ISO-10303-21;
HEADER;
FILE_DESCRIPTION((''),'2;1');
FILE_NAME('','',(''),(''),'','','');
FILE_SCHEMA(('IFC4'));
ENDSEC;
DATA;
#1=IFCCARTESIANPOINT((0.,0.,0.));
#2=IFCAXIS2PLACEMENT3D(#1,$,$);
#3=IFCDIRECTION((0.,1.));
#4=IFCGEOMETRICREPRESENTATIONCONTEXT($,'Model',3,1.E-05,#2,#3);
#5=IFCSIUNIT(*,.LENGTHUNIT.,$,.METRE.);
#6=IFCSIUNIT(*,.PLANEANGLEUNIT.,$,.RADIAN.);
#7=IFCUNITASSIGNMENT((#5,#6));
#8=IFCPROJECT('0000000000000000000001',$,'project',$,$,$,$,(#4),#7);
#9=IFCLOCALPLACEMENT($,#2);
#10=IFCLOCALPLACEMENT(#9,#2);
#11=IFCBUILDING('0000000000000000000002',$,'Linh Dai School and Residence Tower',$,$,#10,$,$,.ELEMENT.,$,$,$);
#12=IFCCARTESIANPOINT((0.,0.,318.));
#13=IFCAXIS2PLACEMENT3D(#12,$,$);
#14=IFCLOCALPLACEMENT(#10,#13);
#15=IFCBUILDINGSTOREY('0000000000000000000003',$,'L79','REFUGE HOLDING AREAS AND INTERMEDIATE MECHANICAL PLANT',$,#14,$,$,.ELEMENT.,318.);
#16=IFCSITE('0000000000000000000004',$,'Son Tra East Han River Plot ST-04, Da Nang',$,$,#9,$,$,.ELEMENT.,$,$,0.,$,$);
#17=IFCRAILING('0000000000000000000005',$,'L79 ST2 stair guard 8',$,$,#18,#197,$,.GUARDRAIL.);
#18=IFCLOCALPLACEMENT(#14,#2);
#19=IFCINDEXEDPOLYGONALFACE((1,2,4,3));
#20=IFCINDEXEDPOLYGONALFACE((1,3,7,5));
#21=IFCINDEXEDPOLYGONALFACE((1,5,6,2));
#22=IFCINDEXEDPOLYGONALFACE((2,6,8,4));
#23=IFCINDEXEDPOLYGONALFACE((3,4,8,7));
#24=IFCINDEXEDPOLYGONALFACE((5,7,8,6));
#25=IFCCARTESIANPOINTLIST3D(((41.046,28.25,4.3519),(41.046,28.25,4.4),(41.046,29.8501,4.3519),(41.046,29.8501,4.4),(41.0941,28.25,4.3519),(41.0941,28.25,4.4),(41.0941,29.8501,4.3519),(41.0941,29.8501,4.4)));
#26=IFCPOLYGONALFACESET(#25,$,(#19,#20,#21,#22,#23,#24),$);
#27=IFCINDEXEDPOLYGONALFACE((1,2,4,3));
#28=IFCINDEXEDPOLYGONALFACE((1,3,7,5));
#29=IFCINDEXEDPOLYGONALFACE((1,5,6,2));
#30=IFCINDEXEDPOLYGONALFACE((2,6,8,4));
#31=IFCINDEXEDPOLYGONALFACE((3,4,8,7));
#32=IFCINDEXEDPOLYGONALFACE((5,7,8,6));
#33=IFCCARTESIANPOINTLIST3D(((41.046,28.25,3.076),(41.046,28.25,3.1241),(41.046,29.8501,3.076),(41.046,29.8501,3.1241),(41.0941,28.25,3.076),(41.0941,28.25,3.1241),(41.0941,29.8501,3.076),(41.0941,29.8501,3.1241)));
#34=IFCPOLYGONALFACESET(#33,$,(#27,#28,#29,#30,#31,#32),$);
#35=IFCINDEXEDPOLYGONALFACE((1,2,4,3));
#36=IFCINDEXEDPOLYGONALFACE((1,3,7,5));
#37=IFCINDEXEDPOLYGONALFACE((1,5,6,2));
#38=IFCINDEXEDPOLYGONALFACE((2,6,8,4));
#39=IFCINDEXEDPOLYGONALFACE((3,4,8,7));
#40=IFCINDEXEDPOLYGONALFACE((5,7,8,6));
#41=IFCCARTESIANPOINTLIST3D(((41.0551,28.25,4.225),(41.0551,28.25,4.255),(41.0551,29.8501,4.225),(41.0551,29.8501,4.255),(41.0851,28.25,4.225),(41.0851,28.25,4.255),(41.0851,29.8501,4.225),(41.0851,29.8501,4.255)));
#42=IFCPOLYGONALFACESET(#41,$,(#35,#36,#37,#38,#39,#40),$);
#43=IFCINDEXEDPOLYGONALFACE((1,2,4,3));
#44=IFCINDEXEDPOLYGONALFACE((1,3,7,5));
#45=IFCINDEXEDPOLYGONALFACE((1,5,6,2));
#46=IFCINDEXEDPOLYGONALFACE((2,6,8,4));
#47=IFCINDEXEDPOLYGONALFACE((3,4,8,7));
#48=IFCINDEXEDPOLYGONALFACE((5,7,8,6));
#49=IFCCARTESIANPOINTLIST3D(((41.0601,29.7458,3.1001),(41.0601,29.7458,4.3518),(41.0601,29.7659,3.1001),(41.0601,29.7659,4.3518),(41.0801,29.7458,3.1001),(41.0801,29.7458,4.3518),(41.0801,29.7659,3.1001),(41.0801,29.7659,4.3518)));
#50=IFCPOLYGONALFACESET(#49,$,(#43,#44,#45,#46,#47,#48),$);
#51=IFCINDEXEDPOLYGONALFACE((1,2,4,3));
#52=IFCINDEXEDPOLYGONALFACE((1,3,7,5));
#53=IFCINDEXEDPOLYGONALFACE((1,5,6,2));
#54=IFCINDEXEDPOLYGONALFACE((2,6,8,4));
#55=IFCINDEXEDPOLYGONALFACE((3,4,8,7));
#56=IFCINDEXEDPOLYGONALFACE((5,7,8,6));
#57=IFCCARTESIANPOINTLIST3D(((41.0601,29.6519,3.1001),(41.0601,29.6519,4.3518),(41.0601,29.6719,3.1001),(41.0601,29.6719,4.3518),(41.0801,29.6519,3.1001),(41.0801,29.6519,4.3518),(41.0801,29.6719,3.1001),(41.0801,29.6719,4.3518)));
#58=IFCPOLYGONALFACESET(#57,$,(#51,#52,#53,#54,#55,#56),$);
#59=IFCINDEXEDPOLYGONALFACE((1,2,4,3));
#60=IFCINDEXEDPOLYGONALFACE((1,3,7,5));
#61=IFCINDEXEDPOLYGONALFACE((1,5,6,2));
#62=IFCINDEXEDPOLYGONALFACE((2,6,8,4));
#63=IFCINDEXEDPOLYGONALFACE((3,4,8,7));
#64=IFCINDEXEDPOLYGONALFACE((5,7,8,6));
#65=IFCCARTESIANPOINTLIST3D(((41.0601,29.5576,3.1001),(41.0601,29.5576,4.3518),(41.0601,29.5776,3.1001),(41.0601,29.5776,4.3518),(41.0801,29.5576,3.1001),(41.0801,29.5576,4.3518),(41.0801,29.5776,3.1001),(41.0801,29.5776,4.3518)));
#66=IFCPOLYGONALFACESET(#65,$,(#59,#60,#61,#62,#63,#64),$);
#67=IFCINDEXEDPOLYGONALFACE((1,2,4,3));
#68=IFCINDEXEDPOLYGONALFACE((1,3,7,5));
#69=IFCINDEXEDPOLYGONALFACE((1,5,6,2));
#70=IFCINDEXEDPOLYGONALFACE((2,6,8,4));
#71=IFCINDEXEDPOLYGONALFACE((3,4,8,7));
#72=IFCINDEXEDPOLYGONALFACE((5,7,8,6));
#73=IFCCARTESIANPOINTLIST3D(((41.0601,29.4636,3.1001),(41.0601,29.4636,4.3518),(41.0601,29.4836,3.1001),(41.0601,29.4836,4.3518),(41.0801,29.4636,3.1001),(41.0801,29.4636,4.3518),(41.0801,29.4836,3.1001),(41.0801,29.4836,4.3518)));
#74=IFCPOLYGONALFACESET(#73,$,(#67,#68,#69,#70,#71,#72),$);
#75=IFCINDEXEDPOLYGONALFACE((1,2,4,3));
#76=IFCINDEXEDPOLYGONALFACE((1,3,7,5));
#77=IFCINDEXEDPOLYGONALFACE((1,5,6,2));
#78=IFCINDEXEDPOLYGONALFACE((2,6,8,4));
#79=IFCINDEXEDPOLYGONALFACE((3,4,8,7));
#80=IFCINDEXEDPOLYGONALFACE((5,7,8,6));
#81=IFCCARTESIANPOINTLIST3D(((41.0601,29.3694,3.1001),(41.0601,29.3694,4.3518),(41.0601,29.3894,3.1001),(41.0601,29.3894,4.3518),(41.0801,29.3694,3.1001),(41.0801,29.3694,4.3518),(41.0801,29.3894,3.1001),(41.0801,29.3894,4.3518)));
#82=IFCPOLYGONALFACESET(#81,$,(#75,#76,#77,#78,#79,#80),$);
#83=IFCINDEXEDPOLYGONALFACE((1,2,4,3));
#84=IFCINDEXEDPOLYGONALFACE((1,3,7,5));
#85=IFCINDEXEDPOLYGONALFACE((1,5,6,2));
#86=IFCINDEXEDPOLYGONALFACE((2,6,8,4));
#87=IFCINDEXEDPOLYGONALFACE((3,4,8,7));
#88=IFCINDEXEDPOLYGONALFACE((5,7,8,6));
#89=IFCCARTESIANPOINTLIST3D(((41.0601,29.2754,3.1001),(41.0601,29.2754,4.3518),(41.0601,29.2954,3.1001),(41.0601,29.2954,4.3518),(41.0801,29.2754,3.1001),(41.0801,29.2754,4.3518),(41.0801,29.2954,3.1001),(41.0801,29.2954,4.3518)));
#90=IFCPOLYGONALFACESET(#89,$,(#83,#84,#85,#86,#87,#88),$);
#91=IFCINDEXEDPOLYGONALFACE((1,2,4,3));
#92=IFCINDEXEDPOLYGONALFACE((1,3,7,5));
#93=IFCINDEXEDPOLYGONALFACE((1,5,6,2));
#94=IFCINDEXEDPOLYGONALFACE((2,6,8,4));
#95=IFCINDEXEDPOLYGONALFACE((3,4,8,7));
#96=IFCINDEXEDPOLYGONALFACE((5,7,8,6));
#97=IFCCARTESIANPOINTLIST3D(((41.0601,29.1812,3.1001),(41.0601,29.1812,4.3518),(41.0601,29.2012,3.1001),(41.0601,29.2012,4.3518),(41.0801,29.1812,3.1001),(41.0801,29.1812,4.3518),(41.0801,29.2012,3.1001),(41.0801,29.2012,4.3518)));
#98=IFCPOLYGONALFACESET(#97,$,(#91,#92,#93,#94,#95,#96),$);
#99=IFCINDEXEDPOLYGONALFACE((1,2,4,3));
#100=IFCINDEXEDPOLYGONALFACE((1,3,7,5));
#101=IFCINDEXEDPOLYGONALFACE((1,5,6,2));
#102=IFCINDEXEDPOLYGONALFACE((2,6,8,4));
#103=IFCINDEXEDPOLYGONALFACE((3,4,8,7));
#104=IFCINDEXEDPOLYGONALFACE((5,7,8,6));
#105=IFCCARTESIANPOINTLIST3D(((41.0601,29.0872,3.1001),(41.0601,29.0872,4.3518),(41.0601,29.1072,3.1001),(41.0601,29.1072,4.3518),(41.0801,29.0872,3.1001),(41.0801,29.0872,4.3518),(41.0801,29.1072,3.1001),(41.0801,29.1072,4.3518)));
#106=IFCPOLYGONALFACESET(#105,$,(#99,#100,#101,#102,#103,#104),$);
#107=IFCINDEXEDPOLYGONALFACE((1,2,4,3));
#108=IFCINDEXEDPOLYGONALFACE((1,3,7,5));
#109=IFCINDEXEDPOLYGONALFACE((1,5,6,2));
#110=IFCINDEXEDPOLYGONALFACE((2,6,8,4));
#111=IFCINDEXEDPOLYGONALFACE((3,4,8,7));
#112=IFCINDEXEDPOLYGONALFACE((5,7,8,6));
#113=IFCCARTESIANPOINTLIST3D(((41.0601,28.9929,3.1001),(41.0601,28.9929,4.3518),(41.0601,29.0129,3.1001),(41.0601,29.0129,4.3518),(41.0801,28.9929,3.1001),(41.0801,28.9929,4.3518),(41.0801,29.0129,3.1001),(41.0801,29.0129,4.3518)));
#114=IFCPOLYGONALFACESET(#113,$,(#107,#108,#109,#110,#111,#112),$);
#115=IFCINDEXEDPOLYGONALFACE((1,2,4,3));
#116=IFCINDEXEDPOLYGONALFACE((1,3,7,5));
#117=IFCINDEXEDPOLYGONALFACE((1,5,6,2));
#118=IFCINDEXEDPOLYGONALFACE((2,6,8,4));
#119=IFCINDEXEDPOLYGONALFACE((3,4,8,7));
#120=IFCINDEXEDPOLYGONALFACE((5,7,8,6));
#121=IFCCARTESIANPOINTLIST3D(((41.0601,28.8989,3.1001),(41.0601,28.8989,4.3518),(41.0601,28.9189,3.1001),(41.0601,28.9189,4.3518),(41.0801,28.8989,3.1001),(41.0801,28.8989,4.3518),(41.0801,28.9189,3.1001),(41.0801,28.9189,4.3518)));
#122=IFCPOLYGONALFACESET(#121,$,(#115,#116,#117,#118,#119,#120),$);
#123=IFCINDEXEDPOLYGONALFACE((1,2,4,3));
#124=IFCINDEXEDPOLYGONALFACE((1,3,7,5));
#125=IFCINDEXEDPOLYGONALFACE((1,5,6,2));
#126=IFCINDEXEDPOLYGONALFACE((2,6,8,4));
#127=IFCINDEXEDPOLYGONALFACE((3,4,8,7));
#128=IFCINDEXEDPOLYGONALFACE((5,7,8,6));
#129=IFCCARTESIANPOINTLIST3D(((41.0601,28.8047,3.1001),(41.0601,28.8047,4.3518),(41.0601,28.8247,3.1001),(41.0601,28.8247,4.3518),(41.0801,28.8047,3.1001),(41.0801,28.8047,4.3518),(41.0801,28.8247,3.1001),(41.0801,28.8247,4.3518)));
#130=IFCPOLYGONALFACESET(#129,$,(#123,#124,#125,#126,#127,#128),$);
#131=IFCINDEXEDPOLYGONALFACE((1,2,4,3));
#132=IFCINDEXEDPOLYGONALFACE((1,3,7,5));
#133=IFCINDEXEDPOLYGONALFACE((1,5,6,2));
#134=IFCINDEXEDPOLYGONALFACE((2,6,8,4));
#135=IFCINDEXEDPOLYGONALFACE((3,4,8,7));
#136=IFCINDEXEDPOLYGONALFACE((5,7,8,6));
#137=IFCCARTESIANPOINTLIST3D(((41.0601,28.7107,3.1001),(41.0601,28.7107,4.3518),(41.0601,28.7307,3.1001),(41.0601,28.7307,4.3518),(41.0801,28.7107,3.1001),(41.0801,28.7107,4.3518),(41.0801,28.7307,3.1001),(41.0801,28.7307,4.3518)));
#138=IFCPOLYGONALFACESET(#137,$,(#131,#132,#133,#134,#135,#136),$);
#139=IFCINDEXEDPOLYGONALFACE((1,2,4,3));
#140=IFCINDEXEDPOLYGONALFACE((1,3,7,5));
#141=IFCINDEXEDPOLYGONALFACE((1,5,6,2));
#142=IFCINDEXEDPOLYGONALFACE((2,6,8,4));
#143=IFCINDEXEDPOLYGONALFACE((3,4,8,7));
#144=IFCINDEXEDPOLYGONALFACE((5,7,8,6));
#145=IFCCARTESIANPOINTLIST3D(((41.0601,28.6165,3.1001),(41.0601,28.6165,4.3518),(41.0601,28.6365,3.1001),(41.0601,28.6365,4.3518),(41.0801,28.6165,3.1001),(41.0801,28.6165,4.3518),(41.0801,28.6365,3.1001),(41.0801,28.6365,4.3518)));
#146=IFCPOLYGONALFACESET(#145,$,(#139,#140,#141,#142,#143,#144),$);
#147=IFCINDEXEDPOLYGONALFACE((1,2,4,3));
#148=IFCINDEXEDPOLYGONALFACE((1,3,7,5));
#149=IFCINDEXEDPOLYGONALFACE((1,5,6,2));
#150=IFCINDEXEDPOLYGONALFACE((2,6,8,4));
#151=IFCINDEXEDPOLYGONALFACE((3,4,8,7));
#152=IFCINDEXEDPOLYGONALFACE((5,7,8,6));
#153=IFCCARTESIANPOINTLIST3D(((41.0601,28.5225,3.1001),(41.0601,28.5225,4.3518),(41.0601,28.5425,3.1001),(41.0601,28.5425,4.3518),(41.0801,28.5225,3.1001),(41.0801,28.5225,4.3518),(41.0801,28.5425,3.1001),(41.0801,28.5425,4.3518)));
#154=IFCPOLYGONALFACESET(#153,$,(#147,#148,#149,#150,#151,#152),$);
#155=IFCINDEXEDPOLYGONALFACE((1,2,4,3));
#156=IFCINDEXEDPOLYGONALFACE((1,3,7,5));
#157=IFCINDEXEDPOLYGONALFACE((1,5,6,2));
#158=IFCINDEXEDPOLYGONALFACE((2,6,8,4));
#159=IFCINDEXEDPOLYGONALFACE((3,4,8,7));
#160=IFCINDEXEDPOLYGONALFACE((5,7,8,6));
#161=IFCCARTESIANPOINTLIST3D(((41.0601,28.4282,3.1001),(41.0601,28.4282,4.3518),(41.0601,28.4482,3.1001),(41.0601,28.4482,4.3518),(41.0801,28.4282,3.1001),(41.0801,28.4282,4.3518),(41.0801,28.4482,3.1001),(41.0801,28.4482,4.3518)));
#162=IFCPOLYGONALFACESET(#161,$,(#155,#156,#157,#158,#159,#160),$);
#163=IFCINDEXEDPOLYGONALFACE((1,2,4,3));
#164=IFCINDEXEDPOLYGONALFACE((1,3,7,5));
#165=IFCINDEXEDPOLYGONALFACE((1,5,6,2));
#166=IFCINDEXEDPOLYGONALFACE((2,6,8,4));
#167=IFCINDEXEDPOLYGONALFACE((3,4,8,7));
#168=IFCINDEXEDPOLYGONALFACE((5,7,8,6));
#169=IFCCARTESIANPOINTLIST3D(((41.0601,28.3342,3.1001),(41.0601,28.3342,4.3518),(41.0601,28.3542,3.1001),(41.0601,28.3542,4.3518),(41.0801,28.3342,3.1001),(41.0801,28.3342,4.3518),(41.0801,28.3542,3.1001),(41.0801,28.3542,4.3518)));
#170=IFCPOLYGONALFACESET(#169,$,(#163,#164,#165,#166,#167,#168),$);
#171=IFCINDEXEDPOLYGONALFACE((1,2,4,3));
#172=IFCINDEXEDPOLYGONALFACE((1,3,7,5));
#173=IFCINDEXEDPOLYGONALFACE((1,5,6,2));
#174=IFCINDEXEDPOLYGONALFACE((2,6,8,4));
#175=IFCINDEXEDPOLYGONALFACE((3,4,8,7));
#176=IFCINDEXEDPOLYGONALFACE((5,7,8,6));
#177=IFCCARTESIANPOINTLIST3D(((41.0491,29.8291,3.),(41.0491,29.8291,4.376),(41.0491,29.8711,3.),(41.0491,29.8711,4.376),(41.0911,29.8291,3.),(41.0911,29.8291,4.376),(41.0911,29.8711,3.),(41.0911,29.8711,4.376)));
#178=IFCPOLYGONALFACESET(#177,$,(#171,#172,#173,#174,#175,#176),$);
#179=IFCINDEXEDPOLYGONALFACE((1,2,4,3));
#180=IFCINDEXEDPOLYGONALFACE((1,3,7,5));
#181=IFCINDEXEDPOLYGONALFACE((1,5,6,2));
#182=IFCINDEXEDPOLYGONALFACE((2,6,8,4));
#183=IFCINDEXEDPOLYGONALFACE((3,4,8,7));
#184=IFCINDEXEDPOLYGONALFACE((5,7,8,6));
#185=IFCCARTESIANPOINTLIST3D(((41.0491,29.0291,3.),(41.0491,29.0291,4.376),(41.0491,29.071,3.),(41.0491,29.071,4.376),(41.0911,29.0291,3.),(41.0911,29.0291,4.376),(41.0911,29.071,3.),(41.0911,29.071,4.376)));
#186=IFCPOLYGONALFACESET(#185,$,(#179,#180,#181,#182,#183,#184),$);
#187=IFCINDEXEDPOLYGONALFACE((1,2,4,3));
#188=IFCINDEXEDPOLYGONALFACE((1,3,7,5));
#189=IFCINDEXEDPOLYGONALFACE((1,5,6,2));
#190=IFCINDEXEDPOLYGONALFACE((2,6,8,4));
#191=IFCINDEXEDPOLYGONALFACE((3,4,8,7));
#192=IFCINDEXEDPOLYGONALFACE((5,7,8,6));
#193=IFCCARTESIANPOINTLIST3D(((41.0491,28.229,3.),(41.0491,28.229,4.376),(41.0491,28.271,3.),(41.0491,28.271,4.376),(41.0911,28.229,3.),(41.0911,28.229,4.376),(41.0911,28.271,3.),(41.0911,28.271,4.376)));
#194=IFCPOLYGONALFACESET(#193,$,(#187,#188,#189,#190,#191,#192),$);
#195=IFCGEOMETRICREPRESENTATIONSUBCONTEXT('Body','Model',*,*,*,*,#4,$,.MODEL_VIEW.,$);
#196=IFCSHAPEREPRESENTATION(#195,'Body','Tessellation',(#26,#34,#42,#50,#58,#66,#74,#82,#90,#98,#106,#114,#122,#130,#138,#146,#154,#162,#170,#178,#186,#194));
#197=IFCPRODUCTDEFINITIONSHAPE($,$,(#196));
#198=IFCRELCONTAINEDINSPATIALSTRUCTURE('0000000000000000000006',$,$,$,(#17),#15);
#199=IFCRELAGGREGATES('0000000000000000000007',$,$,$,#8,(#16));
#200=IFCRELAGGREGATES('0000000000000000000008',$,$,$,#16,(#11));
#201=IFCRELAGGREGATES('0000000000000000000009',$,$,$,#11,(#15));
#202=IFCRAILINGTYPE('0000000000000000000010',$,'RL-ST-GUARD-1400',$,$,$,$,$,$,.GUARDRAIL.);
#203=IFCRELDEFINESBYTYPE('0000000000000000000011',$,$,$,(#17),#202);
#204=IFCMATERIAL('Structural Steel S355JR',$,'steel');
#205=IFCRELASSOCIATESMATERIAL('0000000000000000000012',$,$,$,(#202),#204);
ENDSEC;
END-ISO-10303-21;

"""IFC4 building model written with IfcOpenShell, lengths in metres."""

from ifc_helpers import new_model, si_unit, direction, frame, origin, origin_2d, place, context, subcontext, project, spatial, rectangle, extrude, source, transform, mapped, material, type_object, element, save


model = new_model("IFC4")

# Units and contexts
model_context = context("Model", 3, precision=1e-05, world=origin(), true_north=direction((0.0, 1.0)))
body_context = subcontext(model_context, "Body", "Model", "MODEL_VIEW")
ifc_project = project(units=[si_unit("LENGTHUNIT", "METRE"), si_unit("PLANEANGLEUNIT", "RADIAN")], contexts=[model_context])

# Site, building, storey
site_placement = place(None, origin())
site = spatial("IfcSite", under=ifc_project, at=site_placement, Name="Son Tra East Han River Plot ST-04, Da Nang", CompositionType="ELEMENT", RefElevation=0.0)
building_placement = place(site_placement, origin())
building = spatial("IfcBuilding", under=site, at=building_placement, Name="Linh Dai School and Residence Tower", CompositionType="ELEMENT")
storey_placement = place(building_placement, frame((0.0, 0.0, 318.0)))
storey = spatial("IfcBuildingStorey", under=building, at=storey_placement, Name="L79", Description="REFUGE HOLDING AREAS AND INTERMEDIATE MECHANICAL PLANT", CompositionType="ELEMENT", Elevation=318.0)

# Shared definitions
ifc_material_1 = material(Name="Structural Steel S355JR", Category="steel")

# Railing
railing_type_1 = type_object("IfcRailingType", Name="RL-ST-GUARD-1400", PredefinedType="GUARDRAIL", material=ifc_material_1)
shared_shape_1 = source(origin(), body_context, "Body", "SweptSolid", [
    extrude(rectangle(XDim=0.0481, YDim=0.0481, at=origin_2d()), frame((0.0, 0.0, 1.376), z_axis=(0.0, -1.0, 0.0), x_axis=(1.0, 0.0, 0.0)), (0.0, 0.0, 1.0), 1.6001),
    extrude(rectangle(XDim=0.0481, YDim=0.0481, at=origin_2d()), frame((0.0, 0.0, 0.1001), z_axis=(0.0, -1.0, 0.0), x_axis=(1.0, 0.0, 0.0)), (0.0, 0.0, 1.0), 1.6001),
    extrude(rectangle(XDim=0.03, YDim=0.03, at=origin_2d()), frame((0.0, 0.0, 1.24), z_axis=(0.0, -1.0, 0.0), x_axis=(1.0, 0.0, 0.0)), (0.0, 0.0, 1.0), 1.6001),
    extrude(rectangle(XDim=0.02, YDim=0.02, at=origin_2d()), frame((0.0, -0.0942, 0.1001)), (0.0, 0.0, 1.0), 1.2517),
    extrude(rectangle(XDim=0.02, YDim=0.02, at=origin_2d()), frame((0.0, -0.1882, 0.1001)), (0.0, 0.0, 1.0), 1.2517),
    extrude(rectangle(XDim=0.02, YDim=0.02, at=origin_2d()), frame((0.0, -0.2825, 0.1001)), (0.0, 0.0, 1.0), 1.2517),
    extrude(rectangle(XDim=0.02, YDim=0.02, at=origin_2d()), frame((0.0, -0.3765, 0.1001)), (0.0, 0.0, 1.0), 1.2517),
    extrude(rectangle(XDim=0.02, YDim=0.02, at=origin_2d()), frame((0.0, -0.4707, 0.1001)), (0.0, 0.0, 1.0), 1.2517),
    extrude(rectangle(XDim=0.02, YDim=0.02, at=origin_2d()), frame((0.0, -0.5647, 0.1001)), (0.0, 0.0, 1.0), 1.2517),
    extrude(rectangle(XDim=0.02, YDim=0.02, at=origin_2d()), frame((0.0, -0.6589, 0.1001)), (0.0, 0.0, 1.0), 1.2517),
    extrude(rectangle(XDim=0.02, YDim=0.02, at=origin_2d()), frame((0.0, -0.7529, 0.1001)), (0.0, 0.0, 1.0), 1.2517),
    extrude(rectangle(XDim=0.02, YDim=0.02, at=origin_2d()), frame((0.0, -0.8472, 0.1001)), (0.0, 0.0, 1.0), 1.2517),
    extrude(rectangle(XDim=0.02, YDim=0.02, at=origin_2d()), frame((0.0, -0.9412, 0.1001)), (0.0, 0.0, 1.0), 1.2517),
    extrude(rectangle(XDim=0.02, YDim=0.02, at=origin_2d()), frame((0.0, -1.0354, 0.1001)), (0.0, 0.0, 1.0), 1.2517),
    extrude(rectangle(XDim=0.02, YDim=0.02, at=origin_2d()), frame((0.0, -1.1294, 0.1001)), (0.0, 0.0, 1.0), 1.2517),
    extrude(rectangle(XDim=0.02, YDim=0.02, at=origin_2d()), frame((0.0, -1.2236, 0.1001)), (0.0, 0.0, 1.0), 1.2517),
    extrude(rectangle(XDim=0.02, YDim=0.02, at=origin_2d()), frame((0.0, -1.3176, 0.1001)), (0.0, 0.0, 1.0), 1.2517),
    extrude(rectangle(XDim=0.02, YDim=0.02, at=origin_2d()), frame((0.0, -1.4119, 0.1001)), (0.0, 0.0, 1.0), 1.2517),
    extrude(rectangle(XDim=0.02, YDim=0.02, at=origin_2d()), frame((0.0, -1.5059, 0.1001)), (0.0, 0.0, 1.0), 1.2517),
    extrude(rectangle(XDim=0.042, YDim=0.042, at=origin_2d()), origin(), (0.0, 0.0, 1.0), 1.376),
    extrude(rectangle(XDim=0.042, YDim=0.042, at=origin_2d()), frame((0.0, -0.8, 0.0)), (0.0, 0.0, 1.0), 1.376),
    extrude(rectangle(XDim=0.042, YDim=0.042, at=origin_2d()), frame((0.0, -1.6001, 0.0)), (0.0, 0.0, 1.0), 1.376),
])
for number, where, name in (
    (1, (41.0701, 29.8501, 3.0), "L79 ST2 stair guard 8"),
):
    element("IfcRailing", number, at=place(storey_placement, frame(where)), inside=storey, type_object=railing_type_1, Name=name, PredefinedType="GUARDRAIL", context=body_context, shape_type="MappedRepresentation", body=[
        mapped(shared_shape_1, transform((0.0, 0.0, 0.0), x_axis=(1.0, 0.0, 0.0), y_axis=(0.0, 1.0, 0.0), z_axis=(0.0, 0.0, 1.0), scale=1.0)),
    ])

save(model, "model.ifc")
